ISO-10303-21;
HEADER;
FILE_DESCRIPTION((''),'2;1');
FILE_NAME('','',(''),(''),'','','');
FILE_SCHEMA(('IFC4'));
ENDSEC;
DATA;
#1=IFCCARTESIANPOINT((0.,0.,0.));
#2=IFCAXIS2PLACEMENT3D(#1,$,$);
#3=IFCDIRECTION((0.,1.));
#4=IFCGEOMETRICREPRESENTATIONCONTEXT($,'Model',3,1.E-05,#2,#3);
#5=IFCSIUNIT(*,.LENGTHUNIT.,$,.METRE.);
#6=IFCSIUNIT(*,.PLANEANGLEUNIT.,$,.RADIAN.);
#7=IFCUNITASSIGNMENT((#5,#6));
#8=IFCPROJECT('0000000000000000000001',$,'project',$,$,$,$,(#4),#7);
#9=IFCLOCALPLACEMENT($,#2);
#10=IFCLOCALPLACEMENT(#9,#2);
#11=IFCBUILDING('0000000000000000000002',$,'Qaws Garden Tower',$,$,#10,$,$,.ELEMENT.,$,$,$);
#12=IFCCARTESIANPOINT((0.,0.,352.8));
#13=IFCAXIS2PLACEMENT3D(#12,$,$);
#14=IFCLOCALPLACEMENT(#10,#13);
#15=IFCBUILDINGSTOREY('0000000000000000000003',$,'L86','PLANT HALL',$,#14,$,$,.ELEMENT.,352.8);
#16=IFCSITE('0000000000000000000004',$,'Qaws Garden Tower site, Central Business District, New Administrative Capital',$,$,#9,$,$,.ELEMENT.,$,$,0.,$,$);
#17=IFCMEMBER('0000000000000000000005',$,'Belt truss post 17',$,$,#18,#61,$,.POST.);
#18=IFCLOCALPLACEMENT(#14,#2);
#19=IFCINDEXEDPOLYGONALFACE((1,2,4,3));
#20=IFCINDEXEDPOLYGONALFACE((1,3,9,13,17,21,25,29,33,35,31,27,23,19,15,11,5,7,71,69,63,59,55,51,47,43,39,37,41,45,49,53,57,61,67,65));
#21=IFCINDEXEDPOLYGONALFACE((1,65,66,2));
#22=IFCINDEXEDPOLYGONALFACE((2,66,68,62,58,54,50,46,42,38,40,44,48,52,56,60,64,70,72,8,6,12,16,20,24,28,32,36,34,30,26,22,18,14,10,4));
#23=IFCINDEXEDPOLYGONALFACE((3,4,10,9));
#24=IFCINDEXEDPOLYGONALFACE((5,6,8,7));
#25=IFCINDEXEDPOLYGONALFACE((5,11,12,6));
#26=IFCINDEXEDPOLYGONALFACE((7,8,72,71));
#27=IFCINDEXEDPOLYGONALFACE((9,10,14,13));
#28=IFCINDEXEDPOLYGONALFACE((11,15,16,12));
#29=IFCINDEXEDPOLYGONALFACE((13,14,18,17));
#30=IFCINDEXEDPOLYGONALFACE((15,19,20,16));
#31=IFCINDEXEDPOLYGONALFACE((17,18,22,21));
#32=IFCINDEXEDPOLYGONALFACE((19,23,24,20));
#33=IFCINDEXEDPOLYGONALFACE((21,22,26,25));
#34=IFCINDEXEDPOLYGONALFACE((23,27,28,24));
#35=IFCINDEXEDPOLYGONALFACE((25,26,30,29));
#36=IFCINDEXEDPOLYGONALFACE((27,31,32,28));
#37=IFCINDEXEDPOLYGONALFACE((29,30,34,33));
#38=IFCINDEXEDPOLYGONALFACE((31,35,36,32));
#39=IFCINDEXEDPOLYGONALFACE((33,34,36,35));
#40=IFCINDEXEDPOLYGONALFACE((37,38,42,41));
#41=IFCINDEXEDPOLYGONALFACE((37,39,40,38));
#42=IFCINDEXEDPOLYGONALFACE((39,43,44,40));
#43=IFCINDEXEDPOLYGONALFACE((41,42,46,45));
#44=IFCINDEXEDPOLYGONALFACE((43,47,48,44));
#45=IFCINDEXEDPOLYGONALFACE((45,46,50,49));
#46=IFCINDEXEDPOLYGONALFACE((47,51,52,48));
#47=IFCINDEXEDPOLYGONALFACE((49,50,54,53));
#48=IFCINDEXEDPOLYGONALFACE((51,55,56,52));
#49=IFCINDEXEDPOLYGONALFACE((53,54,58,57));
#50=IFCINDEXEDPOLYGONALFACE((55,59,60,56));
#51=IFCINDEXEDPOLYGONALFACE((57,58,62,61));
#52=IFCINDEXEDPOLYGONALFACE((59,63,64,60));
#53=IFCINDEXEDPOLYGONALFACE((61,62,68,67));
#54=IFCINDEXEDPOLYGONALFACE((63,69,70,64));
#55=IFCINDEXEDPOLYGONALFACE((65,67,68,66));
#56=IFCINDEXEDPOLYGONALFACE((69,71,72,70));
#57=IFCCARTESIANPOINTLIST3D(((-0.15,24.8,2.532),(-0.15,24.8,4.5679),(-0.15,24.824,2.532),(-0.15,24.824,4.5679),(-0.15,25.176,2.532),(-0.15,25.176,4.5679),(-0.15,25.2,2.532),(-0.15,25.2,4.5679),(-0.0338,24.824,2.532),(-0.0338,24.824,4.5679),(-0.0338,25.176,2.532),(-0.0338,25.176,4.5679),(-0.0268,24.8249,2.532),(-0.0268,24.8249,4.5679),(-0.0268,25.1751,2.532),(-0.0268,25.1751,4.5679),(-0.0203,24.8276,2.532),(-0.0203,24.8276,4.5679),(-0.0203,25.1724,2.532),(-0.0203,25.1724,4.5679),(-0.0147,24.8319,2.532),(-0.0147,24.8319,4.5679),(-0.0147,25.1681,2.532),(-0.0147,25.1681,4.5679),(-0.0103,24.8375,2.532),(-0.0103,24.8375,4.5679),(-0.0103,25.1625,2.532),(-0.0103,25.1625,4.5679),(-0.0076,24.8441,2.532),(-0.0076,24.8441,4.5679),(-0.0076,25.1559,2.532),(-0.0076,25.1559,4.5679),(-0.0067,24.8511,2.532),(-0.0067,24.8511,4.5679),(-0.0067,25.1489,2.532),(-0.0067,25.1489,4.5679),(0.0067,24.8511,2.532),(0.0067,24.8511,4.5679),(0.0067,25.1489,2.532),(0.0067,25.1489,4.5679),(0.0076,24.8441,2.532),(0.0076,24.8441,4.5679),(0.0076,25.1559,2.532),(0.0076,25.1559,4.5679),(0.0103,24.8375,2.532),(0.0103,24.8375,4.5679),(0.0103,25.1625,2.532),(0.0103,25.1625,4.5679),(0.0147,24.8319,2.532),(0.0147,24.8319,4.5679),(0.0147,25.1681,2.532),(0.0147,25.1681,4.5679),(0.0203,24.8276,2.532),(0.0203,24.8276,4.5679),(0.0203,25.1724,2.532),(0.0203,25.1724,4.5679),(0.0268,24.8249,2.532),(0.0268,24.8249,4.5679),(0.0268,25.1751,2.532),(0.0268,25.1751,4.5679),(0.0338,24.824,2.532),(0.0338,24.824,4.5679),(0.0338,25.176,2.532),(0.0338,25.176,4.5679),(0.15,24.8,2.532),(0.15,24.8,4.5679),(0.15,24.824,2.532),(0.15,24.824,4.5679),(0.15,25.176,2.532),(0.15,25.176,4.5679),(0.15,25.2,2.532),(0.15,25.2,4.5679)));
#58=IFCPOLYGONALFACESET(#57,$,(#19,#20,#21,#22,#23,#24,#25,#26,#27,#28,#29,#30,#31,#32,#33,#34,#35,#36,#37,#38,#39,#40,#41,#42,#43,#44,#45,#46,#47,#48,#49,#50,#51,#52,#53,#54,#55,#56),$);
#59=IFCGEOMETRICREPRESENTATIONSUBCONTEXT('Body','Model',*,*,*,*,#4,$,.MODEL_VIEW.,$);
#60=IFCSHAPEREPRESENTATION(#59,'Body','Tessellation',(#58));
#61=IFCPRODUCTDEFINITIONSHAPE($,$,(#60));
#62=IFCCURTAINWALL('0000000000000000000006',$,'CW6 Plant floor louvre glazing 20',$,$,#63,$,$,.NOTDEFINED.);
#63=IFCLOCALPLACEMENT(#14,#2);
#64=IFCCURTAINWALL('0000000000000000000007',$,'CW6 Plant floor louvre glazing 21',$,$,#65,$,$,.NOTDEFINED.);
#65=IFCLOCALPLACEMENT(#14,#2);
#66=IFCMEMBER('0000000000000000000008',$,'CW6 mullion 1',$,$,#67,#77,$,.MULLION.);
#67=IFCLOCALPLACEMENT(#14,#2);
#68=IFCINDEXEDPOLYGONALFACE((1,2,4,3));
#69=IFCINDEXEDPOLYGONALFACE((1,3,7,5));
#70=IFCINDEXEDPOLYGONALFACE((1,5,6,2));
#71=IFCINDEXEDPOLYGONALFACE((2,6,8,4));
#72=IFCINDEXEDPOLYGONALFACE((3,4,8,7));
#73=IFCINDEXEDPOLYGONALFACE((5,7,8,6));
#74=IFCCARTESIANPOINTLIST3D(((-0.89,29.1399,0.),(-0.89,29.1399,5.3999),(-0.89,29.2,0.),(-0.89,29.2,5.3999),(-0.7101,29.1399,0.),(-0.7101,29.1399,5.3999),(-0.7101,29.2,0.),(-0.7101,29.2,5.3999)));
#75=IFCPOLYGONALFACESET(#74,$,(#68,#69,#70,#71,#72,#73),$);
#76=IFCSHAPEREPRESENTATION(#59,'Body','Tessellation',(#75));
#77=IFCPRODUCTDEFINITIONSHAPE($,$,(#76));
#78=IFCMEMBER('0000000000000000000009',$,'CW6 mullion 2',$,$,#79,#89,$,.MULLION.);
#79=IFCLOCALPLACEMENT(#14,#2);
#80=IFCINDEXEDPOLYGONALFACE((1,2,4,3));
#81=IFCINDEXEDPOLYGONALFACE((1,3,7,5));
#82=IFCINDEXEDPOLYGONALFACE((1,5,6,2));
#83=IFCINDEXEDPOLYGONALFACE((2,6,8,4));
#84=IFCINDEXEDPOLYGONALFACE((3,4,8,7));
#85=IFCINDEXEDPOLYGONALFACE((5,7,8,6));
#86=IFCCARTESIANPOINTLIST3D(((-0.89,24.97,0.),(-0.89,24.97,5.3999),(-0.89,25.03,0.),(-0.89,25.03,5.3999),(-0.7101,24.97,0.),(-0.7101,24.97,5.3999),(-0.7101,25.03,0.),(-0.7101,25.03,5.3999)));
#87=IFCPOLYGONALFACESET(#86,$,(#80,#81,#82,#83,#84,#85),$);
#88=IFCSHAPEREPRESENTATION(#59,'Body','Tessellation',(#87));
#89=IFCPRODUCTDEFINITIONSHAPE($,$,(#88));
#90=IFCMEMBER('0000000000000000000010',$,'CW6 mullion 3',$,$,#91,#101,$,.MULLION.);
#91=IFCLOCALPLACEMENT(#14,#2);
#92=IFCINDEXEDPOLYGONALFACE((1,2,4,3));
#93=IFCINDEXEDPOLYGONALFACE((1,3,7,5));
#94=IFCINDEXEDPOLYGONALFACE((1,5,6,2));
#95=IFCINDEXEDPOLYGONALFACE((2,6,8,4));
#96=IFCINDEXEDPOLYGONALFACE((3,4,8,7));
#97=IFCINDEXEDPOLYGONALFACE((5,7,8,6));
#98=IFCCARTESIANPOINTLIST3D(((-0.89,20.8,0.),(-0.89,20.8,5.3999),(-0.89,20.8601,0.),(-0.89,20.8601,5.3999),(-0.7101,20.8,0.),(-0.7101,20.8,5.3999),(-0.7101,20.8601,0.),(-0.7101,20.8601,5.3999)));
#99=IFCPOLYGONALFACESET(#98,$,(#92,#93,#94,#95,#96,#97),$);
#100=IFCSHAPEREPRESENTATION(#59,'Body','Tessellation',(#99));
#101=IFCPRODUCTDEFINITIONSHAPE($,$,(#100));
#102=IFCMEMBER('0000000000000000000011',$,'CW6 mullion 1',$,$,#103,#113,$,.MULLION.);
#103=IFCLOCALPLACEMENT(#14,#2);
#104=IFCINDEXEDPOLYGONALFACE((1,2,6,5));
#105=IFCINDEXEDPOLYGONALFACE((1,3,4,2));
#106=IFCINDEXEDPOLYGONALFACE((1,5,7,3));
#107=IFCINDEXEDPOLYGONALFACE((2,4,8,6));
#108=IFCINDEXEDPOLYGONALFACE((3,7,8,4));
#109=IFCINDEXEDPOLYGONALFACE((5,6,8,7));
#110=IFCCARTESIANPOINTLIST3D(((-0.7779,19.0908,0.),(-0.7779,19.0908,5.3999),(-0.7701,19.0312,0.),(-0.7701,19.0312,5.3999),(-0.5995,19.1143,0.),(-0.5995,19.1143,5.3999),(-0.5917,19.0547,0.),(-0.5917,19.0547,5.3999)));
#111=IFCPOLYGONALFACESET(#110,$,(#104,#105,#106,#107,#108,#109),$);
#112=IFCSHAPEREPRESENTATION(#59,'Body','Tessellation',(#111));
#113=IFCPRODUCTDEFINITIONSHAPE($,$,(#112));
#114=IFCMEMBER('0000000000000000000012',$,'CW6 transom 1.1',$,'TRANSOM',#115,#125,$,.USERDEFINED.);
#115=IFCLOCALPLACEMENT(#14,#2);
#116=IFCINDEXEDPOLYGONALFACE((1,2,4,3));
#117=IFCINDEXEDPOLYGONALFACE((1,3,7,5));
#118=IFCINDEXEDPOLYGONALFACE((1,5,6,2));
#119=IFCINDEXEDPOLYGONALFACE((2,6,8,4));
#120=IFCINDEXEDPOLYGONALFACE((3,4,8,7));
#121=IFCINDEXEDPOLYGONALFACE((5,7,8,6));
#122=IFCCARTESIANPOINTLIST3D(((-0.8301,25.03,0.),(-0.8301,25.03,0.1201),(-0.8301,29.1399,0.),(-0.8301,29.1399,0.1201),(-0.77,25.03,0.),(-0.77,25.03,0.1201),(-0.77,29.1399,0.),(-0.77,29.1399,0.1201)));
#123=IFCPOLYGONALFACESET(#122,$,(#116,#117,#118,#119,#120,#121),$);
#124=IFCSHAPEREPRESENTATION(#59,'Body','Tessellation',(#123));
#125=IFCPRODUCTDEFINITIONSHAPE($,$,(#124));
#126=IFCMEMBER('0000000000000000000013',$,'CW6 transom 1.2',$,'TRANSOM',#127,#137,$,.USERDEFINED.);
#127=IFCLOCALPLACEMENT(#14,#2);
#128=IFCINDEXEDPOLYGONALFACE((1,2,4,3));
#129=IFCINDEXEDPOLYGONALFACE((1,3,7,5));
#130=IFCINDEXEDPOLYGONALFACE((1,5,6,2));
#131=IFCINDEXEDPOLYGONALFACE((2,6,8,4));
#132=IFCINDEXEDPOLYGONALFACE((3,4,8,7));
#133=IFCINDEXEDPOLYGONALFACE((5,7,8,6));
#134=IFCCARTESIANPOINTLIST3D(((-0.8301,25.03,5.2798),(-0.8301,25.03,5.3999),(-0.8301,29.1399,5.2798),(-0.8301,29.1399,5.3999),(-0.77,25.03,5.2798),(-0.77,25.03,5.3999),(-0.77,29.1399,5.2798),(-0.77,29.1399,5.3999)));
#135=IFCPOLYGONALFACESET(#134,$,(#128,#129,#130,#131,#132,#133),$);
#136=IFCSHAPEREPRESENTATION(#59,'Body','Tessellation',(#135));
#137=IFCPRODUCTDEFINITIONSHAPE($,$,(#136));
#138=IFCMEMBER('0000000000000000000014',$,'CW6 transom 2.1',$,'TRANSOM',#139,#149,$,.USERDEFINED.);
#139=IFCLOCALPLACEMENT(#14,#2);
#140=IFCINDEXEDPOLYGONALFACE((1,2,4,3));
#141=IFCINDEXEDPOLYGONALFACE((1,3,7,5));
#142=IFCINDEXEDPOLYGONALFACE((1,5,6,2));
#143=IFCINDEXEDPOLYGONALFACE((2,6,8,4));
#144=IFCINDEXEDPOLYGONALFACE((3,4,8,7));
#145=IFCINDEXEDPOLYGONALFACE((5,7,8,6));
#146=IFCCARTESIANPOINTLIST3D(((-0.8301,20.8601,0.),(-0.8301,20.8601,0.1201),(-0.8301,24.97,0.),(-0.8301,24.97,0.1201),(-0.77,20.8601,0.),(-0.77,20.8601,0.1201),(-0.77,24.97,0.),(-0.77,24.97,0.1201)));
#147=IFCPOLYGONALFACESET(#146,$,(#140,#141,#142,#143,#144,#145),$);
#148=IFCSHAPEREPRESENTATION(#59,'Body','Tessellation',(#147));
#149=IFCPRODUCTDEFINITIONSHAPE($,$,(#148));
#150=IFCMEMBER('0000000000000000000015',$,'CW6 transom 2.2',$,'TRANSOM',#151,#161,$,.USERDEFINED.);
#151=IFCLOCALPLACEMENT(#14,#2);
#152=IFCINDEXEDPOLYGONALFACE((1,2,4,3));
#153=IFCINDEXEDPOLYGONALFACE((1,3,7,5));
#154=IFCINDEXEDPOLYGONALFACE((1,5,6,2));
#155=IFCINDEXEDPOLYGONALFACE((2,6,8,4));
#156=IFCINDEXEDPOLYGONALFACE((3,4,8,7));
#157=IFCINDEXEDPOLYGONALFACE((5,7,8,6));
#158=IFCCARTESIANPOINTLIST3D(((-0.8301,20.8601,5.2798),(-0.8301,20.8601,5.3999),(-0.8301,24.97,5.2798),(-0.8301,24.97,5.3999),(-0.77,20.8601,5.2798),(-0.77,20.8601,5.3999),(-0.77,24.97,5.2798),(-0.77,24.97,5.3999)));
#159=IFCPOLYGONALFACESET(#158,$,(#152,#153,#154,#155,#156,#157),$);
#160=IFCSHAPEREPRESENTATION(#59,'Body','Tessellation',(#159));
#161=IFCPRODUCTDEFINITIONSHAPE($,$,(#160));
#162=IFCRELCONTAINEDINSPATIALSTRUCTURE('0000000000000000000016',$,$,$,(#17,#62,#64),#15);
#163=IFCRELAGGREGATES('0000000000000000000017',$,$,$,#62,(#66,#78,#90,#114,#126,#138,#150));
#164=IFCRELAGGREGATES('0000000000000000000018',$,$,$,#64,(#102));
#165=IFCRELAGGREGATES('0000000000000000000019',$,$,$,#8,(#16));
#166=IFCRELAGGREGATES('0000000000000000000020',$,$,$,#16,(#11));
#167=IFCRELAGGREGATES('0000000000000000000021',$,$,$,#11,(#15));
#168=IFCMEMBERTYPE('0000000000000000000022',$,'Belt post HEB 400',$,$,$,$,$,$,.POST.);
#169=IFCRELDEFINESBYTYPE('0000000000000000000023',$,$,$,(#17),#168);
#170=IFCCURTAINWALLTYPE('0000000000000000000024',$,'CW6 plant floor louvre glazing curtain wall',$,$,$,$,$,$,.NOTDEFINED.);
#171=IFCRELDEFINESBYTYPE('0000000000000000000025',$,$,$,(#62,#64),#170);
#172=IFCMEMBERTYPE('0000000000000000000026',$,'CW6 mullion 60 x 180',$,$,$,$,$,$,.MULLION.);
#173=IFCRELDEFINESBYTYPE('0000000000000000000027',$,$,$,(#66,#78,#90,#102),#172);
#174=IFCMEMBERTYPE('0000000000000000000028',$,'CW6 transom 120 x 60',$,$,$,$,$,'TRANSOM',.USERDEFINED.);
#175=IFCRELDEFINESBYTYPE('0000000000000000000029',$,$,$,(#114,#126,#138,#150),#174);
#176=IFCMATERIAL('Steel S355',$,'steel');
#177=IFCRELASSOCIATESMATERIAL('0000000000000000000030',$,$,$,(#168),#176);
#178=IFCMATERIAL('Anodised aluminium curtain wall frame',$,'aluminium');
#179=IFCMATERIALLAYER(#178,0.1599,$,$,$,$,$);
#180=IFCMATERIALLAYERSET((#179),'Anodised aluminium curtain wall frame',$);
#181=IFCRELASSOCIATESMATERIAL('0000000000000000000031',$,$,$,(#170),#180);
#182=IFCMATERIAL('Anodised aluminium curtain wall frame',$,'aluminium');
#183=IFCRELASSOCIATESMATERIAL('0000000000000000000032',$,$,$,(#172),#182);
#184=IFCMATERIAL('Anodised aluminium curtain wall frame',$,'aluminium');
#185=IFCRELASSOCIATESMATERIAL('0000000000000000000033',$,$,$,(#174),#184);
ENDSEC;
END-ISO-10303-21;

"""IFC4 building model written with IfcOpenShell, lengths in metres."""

from ifc_helpers import new_model, si_unit, direction, frame, origin, origin_2d, place, context, subcontext, project, spatial, rectangle, i_section, extrude, material, layer, layer_set, material_profile, profile_set, type_object, element, aggregate, save


model = new_model("IFC4")

# Units and contexts
model_context = context("Model", 3, precision=1e-05, world=origin(), true_north=direction((0.0, 1.0)))
body_context = subcontext(model_context, "Body", "Model", "MODEL_VIEW")
ifc_project = project(units=[si_unit("LENGTHUNIT", "METRE"), si_unit("PLANEANGLEUNIT", "RADIAN")], contexts=[model_context])

# Site, building, storey
site_placement = place(None, origin())
site = spatial("IfcSite", under=ifc_project, at=site_placement, Name="Qaws Garden Tower site, Central Business District, New Administrative Capital", CompositionType="ELEMENT", RefElevation=0.0)
building_placement = place(site_placement, origin())
building = spatial("IfcBuilding", under=site, at=building_placement, Name="Qaws Garden Tower", CompositionType="ELEMENT")
storey_placement = place(building_placement, frame((0.0, 0.0, 352.8)))
storey = spatial("IfcBuildingStorey", under=building, at=storey_placement, Name="L86", Description="PLANT HALL", CompositionType="ELEMENT", Elevation=352.8)

# Member
ifc_material_1 = material(Name="Steel S355", Category="steel")
ifc_material_profile_1 = material_profile(ifc_material_1, i_section(OverallWidth=0.3, OverallDepth=0.3999, WebThickness=0.0134, FlangeThickness=0.0239, FilletRadius=0.0271, at=origin_2d()), Name="HEB 400")
ifc_profile_set_1 = profile_set([ifc_material_profile_1], Name="Steel S355")
member_type_1 = type_object("IfcMemberType", Name="Belt post HEB 400", PredefinedType="POST", material=ifc_profile_set_1)
member_1_placement = place(storey_placement, frame((0.0, 25.0, 2.532), z_axis=(0.0, 0.0, 1.0), x_axis=(1.0, 0.0, 0.0)))
element("IfcMember", 1, at=member_1_placement, inside=storey, type_object=member_type_1, Name="Belt truss post 17", PredefinedType="POST", context=body_context, shape_type="SweptSolid", body=[
    extrude(i_section(OverallWidth=0.3, OverallDepth=0.3999, WebThickness=0.0134, FlangeThickness=0.0239, FilletRadius=0.0271, at=origin_2d()), origin(), (0.0, 0.0, 1.0), 2.0359),
])

# Curtain walls
ifc_material_2 = material(Name="Anodised aluminium curtain wall frame", Category="aluminium")
ifc_layer_1 = layer(ifc_material_2, 0.1599)
ifc_layer_set_1 = layer_set([ifc_layer_1], Name="Anodised aluminium curtain wall frame")
curtain_wall_type = type_object("IfcCurtainWallType", Name="CW6 plant floor louvre glazing curtain wall", PredefinedType="NOTDEFINED", material=ifc_layer_set_1)
placement_1 = place(storey_placement, origin())
curtain_wall_1 = element("IfcCurtainWall", 2, at=placement_1, inside=storey, type_object=curtain_wall_type, Name="CW6 Plant floor louvre glazing 20", PredefinedType="NOTDEFINED")
curtain_wall_2 = element("IfcCurtainWall", 3, at=placement_1, inside=storey, type_object=curtain_wall_type, Name="CW6 Plant floor louvre glazing 21", PredefinedType="NOTDEFINED")

# Members
ifc_material_3 = material(Name="Anodised aluminium curtain wall frame", Category="aluminium")
ifc_material_profile_2 = material_profile(ifc_material_3, rectangle(XDim=0.1799, YDim=0.0601, at=origin_2d()), Name="AL 60x180")
ifc_profile_set_2 = profile_set([ifc_material_profile_2], Name="Anodised aluminium curtain wall frame")
member_type_2 = type_object("IfcMemberType", Name="CW6 mullion 60 x 180", PredefinedType="MULLION", material=ifc_profile_set_2)
member_2_placement = place(storey_placement, frame((-0.8, 29.1699, 0.0), z_axis=(0.0, 0.0, 1.0), x_axis=(1.0, 0.0, 0.0)))
member_2 = element("IfcMember", 4, at=member_2_placement, type_object=member_type_2, Name="CW6 mullion 1", PredefinedType="MULLION", context=body_context, shape_type="SweptSolid", body=[
    extrude(rectangle(XDim=0.1799, YDim=0.0601, at=origin_2d()), origin(), (0.0, 0.0, 1.0), 5.3999),
])
member_3_placement = place(storey_placement, frame((-0.8, 25.0, 0.0), z_axis=(0.0, 0.0, 1.0), x_axis=(1.0, 0.0, 0.0)))
member_3 = element("IfcMember", 5, at=member_3_placement, type_object=member_type_2, Name="CW6 mullion 2", PredefinedType="MULLION", context=body_context, shape_type="SweptSolid", body=[
    extrude(rectangle(XDim=0.1799, YDim=0.0601, at=origin_2d()), origin(), (0.0, 0.0, 1.0), 5.3999),
])
member_4_placement = place(storey_placement, frame((-0.8, 20.8301, 0.0), z_axis=(0.0, 0.0, 1.0), x_axis=(1.0, 0.0, 0.0)))
member_4 = element("IfcMember", 6, at=member_4_placement, type_object=member_type_2, Name="CW6 mullion 3", PredefinedType="MULLION", context=body_context, shape_type="SweptSolid", body=[
    extrude(rectangle(XDim=0.1799, YDim=0.0601, at=origin_2d()), origin(), (0.0, 0.0, 1.0), 5.3999),
])
member_5_placement = place(storey_placement, frame((-0.6848, 19.0728, 0.0), z_axis=(0.0, 0.0, 1.0), x_axis=(0.991445, 0.130526, 0.0)))
member_5 = element("IfcMember", 7, at=member_5_placement, type_object=member_type_2, Name="CW6 mullion 1", PredefinedType="MULLION", context=body_context, shape_type="SweptSolid", body=[
    extrude(rectangle(XDim=0.1799, YDim=0.0601, at=origin_2d()), origin(), (0.0, 0.0, 1.0), 5.3999),
])
ifc_material_4 = material(Name="Anodised aluminium curtain wall frame", Category="aluminium")
ifc_material_profile_3 = material_profile(ifc_material_4, rectangle(XDim=0.0601, YDim=0.1201, at=origin_2d()), Name="AL 60x120")
ifc_profile_set_3 = profile_set([ifc_material_profile_3], Name="Anodised aluminium curtain wall frame")
member_type_3 = type_object("IfcMemberType", Name="CW6 transom 120 x 60", ElementType="TRANSOM", PredefinedType="USERDEFINED", material=ifc_profile_set_3)
member_6_placement = place(storey_placement, frame((-0.8, 29.1399, 0.0601), z_axis=(0.0, -1.0, 0.0), x_axis=(1.0, 0.0, 0.0)))
member_6 = element("IfcMember", 8, at=member_6_placement, type_object=member_type_3, Name="CW6 transom 1.1", ObjectType="TRANSOM", PredefinedType="USERDEFINED", context=body_context, shape_type="SweptSolid", body=[
    extrude(rectangle(XDim=0.0601, YDim=0.1201, at=origin_2d()), origin(), (0.0, 0.0, 1.0), 4.1099),
])
member_7_placement = place(storey_placement, frame((-0.8, 29.1399, 5.3398), z_axis=(0.0, -1.0, 0.0), x_axis=(1.0, 0.0, 0.0)))
member_7 = element("IfcMember", 9, at=member_7_placement, type_object=member_type_3, Name="CW6 transom 1.2", ObjectType="TRANSOM", PredefinedType="USERDEFINED", context=body_context, shape_type="SweptSolid", body=[
    extrude(rectangle(XDim=0.0601, YDim=0.1201, at=origin_2d()), origin(), (0.0, 0.0, 1.0), 4.1099),
])
member_8_placement = place(storey_placement, frame((-0.8, 24.97, 0.0601), z_axis=(0.0, -1.0, 0.0), x_axis=(1.0, 0.0, 0.0)))
member_8 = element("IfcMember", 10, at=member_8_placement, type_object=member_type_3, Name="CW6 transom 2.1", ObjectType="TRANSOM", PredefinedType="USERDEFINED", context=body_context, shape_type="SweptSolid", body=[
    extrude(rectangle(XDim=0.0601, YDim=0.1201, at=origin_2d()), origin(), (0.0, 0.0, 1.0), 4.1099),
])
member_9_placement = place(storey_placement, frame((-0.8, 24.97, 5.3398), z_axis=(0.0, -1.0, 0.0), x_axis=(1.0, 0.0, 0.0)))
member_9 = element("IfcMember", 11, at=member_9_placement, type_object=member_type_3, Name="CW6 transom 2.2", ObjectType="TRANSOM", PredefinedType="USERDEFINED", context=body_context, shape_type="SweptSolid", body=[
    extrude(rectangle(XDim=0.0601, YDim=0.1201, at=origin_2d()), origin(), (0.0, 0.0, 1.0), 4.1099),
])

aggregate(curtain_wall_1, [member_2, member_3, member_4, member_6, member_7, member_8, member_9])
aggregate(curtain_wall_2, [member_5])

save(model, "model.ifc")
